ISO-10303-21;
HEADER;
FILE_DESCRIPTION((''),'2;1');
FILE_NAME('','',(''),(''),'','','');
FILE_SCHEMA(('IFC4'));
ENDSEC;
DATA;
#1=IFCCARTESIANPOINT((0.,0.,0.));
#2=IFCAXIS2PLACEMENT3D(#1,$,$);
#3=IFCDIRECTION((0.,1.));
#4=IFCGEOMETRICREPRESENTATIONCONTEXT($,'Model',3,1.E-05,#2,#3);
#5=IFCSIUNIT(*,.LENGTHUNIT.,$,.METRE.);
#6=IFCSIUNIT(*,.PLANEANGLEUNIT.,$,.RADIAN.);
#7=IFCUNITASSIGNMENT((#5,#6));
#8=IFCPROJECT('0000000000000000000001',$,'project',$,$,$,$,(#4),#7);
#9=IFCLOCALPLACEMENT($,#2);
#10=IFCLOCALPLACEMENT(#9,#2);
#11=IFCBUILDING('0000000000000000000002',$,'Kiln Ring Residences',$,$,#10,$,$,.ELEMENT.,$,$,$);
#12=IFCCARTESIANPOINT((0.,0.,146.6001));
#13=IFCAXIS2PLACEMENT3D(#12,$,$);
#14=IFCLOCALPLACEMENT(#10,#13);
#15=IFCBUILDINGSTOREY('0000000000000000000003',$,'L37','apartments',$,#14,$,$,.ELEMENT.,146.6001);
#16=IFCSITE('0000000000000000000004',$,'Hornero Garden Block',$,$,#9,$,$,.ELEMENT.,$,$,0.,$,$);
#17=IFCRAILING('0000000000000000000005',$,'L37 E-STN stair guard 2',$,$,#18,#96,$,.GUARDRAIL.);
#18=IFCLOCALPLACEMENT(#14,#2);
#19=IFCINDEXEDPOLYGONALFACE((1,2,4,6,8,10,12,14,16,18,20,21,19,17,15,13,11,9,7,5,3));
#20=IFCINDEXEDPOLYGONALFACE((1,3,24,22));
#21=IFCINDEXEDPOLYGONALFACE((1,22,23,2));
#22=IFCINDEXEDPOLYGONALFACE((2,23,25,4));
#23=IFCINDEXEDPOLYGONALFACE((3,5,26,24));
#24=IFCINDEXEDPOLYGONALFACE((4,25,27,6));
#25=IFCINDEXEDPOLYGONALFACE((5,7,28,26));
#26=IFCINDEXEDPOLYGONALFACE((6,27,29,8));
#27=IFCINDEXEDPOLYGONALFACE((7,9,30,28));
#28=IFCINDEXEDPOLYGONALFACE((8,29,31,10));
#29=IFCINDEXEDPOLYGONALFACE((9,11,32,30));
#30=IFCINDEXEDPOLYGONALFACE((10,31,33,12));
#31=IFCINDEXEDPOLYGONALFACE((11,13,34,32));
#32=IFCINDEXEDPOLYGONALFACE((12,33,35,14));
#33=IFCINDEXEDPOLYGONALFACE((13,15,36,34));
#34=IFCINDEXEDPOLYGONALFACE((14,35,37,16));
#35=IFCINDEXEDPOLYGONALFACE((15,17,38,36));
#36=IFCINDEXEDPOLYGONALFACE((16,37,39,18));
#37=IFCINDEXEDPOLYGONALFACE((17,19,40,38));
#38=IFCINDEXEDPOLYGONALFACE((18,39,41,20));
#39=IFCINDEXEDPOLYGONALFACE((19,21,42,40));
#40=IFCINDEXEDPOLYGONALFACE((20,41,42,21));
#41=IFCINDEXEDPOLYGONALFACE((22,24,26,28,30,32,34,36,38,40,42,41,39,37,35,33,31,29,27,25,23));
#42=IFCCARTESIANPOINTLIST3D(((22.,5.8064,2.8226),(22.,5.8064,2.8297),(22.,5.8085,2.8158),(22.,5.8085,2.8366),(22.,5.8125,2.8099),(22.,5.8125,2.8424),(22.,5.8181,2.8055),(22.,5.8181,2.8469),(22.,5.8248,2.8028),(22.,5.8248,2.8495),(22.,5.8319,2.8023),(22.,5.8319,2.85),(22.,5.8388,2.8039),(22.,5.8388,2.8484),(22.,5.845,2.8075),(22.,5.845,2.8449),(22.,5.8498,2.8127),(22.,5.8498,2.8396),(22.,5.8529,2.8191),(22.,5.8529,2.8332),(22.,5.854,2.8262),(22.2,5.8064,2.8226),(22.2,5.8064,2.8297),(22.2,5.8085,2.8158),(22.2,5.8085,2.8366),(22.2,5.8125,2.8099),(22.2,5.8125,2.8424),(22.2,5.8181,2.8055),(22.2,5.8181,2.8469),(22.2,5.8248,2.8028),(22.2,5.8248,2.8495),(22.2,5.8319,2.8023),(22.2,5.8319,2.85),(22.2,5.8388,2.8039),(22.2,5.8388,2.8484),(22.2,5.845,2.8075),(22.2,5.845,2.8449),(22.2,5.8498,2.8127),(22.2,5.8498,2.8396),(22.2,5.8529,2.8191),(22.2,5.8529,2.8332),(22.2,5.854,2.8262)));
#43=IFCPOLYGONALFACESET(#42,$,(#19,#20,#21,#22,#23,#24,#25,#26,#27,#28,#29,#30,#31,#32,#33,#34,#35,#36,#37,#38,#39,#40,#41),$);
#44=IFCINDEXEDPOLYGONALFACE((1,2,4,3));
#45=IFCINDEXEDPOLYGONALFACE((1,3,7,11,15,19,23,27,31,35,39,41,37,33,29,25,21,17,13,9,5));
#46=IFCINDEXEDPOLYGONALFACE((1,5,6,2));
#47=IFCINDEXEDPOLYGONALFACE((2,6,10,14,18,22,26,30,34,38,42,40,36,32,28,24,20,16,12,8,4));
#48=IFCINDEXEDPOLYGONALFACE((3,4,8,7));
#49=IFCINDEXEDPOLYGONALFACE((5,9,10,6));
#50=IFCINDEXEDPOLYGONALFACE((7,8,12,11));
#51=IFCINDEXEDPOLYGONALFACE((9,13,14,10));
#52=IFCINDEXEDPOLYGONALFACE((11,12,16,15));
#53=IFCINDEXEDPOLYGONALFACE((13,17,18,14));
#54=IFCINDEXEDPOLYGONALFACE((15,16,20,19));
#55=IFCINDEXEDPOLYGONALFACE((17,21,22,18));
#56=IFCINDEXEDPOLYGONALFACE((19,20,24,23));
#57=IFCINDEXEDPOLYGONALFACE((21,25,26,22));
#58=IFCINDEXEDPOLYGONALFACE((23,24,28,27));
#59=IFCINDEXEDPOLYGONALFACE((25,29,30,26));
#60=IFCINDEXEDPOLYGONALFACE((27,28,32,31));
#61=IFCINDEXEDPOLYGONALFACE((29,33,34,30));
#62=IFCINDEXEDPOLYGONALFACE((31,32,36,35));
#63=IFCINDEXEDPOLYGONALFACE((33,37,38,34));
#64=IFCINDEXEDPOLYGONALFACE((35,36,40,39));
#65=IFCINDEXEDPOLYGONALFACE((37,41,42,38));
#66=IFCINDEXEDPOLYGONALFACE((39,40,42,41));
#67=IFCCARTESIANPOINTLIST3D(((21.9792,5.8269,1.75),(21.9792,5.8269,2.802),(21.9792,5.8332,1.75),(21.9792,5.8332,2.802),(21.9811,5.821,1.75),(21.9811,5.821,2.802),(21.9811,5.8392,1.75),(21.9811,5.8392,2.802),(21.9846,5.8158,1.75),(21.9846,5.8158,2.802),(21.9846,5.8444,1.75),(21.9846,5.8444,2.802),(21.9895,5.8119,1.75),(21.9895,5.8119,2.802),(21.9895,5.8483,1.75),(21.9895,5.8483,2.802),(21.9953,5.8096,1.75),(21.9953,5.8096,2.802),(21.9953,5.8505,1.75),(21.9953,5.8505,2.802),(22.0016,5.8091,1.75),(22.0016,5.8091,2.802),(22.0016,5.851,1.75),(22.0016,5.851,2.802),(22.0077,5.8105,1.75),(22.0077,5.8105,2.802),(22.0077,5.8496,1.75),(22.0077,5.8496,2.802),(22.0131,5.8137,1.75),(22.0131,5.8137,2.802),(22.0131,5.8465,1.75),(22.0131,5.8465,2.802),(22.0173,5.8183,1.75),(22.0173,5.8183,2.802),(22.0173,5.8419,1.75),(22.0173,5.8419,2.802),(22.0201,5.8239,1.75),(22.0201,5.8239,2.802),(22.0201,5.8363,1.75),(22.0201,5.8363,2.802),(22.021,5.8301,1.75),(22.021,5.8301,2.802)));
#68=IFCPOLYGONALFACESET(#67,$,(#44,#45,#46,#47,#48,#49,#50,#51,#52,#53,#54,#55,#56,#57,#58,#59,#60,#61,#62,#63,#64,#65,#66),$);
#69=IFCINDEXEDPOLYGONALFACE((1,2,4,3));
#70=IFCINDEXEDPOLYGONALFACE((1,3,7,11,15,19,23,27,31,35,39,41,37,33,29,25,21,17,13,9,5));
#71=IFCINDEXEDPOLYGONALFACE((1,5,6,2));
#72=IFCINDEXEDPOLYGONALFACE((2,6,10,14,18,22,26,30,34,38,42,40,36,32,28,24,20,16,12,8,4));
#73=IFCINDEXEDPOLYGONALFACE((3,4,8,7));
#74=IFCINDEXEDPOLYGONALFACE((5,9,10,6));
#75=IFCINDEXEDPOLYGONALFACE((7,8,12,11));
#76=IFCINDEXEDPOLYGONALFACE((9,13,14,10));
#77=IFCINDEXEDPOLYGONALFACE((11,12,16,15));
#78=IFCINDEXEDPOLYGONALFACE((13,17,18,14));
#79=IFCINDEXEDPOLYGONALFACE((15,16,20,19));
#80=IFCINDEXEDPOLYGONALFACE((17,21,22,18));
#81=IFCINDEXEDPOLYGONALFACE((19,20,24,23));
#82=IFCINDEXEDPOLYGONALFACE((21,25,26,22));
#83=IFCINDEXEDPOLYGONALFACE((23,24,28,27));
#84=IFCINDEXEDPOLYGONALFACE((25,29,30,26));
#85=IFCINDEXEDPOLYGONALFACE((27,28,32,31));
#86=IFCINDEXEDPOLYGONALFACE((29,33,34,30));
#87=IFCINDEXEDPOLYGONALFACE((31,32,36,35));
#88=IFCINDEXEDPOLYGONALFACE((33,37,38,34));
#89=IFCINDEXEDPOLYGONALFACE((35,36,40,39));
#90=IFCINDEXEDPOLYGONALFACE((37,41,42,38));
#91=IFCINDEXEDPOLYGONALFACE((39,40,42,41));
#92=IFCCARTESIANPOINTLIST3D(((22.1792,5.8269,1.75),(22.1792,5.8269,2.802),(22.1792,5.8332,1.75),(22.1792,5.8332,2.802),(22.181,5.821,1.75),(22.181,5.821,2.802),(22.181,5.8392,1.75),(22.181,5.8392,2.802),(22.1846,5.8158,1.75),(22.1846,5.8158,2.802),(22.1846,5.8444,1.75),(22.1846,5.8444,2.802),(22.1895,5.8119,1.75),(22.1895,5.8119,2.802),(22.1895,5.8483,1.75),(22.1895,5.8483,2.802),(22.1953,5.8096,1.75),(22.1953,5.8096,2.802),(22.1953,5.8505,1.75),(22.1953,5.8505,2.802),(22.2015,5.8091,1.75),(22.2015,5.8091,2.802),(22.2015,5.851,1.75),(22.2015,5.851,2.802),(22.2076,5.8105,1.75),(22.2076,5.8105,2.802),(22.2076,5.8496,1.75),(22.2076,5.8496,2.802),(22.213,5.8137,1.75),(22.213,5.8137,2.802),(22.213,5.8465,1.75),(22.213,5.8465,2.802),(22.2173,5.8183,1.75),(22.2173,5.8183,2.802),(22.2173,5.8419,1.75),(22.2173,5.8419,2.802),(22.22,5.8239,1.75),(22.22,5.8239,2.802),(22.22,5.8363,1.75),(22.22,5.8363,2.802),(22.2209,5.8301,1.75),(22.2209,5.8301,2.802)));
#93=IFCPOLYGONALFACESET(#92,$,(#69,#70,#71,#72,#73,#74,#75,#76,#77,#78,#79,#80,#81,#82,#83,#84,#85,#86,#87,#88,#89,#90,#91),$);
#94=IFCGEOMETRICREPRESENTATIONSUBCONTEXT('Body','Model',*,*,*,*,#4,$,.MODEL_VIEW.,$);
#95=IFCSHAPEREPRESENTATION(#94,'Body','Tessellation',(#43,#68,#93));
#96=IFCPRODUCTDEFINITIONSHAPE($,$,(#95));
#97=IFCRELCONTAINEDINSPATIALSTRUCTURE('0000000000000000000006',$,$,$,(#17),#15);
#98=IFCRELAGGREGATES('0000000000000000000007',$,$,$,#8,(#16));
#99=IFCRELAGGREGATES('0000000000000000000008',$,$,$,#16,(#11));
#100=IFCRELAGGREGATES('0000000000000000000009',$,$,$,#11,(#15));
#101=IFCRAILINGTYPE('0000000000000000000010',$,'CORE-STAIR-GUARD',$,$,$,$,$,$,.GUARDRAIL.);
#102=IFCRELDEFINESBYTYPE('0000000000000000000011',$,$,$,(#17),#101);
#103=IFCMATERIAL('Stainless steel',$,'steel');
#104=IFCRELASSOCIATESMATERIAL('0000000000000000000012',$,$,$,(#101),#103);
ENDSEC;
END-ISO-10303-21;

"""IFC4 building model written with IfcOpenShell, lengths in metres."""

from ifc_helpers import new_model, si_unit, direction, frame, origin, origin_2d, place, context, subcontext, project, spatial, circle, extrude, material, type_object, element, save


model = new_model("IFC4")

# Units and contexts
model_context = context("Model", 3, precision=1e-05, world=origin(), true_north=direction((0.0, 1.0)))
body_context = subcontext(model_context, "Body", "Model", "MODEL_VIEW")
ifc_project = project(units=[si_unit("LENGTHUNIT", "METRE"), si_unit("PLANEANGLEUNIT", "RADIAN")], contexts=[model_context])

# Site, building, storey
site_placement = place(None, origin())
site = spatial("IfcSite", under=ifc_project, at=site_placement, Name="Hornero Garden Block", CompositionType="ELEMENT", RefElevation=0.0)
building_placement = place(site_placement, origin())
building = spatial("IfcBuilding", under=site, at=building_placement, Name="Kiln Ring Residences", CompositionType="ELEMENT")
storey_placement = place(building_placement, frame((0.0, 0.0, 146.6001)))
storey = spatial("IfcBuildingStorey", under=building, at=storey_placement, Name="L37", Description="apartments", CompositionType="ELEMENT", Elevation=146.6001)

# Railing
ifc_material_1 = material(Name="Stainless steel", Category="steel")
railing_type_1 = type_object("IfcRailingType", Name="CORE-STAIR-GUARD", PredefinedType="GUARDRAIL", material=ifc_material_1)
railing_1_placement = place(storey_placement, frame((22.0, 5.8301, 1.75)))
element("IfcRailing", 1, at=railing_1_placement, inside=storey, type_object=railing_type_1, Name="L37 E-STN stair guard 2", PredefinedType="GUARDRAIL", context=body_context, shape_type="SweptSolid", body=[
    extrude(circle(Radius=0.0239, at=origin_2d()), frame((0.0, 0.0, 1.0762), z_axis=(1.0, 0.0, 0.0), x_axis=(0.0, 1.0, 0.0)), (0.0, 0.0, 1.0), 0.2),
    extrude(circle(Radius=0.021, at=origin_2d()), origin(), (0.0, 0.0, 1.0), 1.052),
    extrude(circle(Radius=0.021, at=origin_2d()), frame((0.2, 0.0, 0.0)), (0.0, 0.0, 1.0), 1.052),
])

save(model, "model.ifc")
